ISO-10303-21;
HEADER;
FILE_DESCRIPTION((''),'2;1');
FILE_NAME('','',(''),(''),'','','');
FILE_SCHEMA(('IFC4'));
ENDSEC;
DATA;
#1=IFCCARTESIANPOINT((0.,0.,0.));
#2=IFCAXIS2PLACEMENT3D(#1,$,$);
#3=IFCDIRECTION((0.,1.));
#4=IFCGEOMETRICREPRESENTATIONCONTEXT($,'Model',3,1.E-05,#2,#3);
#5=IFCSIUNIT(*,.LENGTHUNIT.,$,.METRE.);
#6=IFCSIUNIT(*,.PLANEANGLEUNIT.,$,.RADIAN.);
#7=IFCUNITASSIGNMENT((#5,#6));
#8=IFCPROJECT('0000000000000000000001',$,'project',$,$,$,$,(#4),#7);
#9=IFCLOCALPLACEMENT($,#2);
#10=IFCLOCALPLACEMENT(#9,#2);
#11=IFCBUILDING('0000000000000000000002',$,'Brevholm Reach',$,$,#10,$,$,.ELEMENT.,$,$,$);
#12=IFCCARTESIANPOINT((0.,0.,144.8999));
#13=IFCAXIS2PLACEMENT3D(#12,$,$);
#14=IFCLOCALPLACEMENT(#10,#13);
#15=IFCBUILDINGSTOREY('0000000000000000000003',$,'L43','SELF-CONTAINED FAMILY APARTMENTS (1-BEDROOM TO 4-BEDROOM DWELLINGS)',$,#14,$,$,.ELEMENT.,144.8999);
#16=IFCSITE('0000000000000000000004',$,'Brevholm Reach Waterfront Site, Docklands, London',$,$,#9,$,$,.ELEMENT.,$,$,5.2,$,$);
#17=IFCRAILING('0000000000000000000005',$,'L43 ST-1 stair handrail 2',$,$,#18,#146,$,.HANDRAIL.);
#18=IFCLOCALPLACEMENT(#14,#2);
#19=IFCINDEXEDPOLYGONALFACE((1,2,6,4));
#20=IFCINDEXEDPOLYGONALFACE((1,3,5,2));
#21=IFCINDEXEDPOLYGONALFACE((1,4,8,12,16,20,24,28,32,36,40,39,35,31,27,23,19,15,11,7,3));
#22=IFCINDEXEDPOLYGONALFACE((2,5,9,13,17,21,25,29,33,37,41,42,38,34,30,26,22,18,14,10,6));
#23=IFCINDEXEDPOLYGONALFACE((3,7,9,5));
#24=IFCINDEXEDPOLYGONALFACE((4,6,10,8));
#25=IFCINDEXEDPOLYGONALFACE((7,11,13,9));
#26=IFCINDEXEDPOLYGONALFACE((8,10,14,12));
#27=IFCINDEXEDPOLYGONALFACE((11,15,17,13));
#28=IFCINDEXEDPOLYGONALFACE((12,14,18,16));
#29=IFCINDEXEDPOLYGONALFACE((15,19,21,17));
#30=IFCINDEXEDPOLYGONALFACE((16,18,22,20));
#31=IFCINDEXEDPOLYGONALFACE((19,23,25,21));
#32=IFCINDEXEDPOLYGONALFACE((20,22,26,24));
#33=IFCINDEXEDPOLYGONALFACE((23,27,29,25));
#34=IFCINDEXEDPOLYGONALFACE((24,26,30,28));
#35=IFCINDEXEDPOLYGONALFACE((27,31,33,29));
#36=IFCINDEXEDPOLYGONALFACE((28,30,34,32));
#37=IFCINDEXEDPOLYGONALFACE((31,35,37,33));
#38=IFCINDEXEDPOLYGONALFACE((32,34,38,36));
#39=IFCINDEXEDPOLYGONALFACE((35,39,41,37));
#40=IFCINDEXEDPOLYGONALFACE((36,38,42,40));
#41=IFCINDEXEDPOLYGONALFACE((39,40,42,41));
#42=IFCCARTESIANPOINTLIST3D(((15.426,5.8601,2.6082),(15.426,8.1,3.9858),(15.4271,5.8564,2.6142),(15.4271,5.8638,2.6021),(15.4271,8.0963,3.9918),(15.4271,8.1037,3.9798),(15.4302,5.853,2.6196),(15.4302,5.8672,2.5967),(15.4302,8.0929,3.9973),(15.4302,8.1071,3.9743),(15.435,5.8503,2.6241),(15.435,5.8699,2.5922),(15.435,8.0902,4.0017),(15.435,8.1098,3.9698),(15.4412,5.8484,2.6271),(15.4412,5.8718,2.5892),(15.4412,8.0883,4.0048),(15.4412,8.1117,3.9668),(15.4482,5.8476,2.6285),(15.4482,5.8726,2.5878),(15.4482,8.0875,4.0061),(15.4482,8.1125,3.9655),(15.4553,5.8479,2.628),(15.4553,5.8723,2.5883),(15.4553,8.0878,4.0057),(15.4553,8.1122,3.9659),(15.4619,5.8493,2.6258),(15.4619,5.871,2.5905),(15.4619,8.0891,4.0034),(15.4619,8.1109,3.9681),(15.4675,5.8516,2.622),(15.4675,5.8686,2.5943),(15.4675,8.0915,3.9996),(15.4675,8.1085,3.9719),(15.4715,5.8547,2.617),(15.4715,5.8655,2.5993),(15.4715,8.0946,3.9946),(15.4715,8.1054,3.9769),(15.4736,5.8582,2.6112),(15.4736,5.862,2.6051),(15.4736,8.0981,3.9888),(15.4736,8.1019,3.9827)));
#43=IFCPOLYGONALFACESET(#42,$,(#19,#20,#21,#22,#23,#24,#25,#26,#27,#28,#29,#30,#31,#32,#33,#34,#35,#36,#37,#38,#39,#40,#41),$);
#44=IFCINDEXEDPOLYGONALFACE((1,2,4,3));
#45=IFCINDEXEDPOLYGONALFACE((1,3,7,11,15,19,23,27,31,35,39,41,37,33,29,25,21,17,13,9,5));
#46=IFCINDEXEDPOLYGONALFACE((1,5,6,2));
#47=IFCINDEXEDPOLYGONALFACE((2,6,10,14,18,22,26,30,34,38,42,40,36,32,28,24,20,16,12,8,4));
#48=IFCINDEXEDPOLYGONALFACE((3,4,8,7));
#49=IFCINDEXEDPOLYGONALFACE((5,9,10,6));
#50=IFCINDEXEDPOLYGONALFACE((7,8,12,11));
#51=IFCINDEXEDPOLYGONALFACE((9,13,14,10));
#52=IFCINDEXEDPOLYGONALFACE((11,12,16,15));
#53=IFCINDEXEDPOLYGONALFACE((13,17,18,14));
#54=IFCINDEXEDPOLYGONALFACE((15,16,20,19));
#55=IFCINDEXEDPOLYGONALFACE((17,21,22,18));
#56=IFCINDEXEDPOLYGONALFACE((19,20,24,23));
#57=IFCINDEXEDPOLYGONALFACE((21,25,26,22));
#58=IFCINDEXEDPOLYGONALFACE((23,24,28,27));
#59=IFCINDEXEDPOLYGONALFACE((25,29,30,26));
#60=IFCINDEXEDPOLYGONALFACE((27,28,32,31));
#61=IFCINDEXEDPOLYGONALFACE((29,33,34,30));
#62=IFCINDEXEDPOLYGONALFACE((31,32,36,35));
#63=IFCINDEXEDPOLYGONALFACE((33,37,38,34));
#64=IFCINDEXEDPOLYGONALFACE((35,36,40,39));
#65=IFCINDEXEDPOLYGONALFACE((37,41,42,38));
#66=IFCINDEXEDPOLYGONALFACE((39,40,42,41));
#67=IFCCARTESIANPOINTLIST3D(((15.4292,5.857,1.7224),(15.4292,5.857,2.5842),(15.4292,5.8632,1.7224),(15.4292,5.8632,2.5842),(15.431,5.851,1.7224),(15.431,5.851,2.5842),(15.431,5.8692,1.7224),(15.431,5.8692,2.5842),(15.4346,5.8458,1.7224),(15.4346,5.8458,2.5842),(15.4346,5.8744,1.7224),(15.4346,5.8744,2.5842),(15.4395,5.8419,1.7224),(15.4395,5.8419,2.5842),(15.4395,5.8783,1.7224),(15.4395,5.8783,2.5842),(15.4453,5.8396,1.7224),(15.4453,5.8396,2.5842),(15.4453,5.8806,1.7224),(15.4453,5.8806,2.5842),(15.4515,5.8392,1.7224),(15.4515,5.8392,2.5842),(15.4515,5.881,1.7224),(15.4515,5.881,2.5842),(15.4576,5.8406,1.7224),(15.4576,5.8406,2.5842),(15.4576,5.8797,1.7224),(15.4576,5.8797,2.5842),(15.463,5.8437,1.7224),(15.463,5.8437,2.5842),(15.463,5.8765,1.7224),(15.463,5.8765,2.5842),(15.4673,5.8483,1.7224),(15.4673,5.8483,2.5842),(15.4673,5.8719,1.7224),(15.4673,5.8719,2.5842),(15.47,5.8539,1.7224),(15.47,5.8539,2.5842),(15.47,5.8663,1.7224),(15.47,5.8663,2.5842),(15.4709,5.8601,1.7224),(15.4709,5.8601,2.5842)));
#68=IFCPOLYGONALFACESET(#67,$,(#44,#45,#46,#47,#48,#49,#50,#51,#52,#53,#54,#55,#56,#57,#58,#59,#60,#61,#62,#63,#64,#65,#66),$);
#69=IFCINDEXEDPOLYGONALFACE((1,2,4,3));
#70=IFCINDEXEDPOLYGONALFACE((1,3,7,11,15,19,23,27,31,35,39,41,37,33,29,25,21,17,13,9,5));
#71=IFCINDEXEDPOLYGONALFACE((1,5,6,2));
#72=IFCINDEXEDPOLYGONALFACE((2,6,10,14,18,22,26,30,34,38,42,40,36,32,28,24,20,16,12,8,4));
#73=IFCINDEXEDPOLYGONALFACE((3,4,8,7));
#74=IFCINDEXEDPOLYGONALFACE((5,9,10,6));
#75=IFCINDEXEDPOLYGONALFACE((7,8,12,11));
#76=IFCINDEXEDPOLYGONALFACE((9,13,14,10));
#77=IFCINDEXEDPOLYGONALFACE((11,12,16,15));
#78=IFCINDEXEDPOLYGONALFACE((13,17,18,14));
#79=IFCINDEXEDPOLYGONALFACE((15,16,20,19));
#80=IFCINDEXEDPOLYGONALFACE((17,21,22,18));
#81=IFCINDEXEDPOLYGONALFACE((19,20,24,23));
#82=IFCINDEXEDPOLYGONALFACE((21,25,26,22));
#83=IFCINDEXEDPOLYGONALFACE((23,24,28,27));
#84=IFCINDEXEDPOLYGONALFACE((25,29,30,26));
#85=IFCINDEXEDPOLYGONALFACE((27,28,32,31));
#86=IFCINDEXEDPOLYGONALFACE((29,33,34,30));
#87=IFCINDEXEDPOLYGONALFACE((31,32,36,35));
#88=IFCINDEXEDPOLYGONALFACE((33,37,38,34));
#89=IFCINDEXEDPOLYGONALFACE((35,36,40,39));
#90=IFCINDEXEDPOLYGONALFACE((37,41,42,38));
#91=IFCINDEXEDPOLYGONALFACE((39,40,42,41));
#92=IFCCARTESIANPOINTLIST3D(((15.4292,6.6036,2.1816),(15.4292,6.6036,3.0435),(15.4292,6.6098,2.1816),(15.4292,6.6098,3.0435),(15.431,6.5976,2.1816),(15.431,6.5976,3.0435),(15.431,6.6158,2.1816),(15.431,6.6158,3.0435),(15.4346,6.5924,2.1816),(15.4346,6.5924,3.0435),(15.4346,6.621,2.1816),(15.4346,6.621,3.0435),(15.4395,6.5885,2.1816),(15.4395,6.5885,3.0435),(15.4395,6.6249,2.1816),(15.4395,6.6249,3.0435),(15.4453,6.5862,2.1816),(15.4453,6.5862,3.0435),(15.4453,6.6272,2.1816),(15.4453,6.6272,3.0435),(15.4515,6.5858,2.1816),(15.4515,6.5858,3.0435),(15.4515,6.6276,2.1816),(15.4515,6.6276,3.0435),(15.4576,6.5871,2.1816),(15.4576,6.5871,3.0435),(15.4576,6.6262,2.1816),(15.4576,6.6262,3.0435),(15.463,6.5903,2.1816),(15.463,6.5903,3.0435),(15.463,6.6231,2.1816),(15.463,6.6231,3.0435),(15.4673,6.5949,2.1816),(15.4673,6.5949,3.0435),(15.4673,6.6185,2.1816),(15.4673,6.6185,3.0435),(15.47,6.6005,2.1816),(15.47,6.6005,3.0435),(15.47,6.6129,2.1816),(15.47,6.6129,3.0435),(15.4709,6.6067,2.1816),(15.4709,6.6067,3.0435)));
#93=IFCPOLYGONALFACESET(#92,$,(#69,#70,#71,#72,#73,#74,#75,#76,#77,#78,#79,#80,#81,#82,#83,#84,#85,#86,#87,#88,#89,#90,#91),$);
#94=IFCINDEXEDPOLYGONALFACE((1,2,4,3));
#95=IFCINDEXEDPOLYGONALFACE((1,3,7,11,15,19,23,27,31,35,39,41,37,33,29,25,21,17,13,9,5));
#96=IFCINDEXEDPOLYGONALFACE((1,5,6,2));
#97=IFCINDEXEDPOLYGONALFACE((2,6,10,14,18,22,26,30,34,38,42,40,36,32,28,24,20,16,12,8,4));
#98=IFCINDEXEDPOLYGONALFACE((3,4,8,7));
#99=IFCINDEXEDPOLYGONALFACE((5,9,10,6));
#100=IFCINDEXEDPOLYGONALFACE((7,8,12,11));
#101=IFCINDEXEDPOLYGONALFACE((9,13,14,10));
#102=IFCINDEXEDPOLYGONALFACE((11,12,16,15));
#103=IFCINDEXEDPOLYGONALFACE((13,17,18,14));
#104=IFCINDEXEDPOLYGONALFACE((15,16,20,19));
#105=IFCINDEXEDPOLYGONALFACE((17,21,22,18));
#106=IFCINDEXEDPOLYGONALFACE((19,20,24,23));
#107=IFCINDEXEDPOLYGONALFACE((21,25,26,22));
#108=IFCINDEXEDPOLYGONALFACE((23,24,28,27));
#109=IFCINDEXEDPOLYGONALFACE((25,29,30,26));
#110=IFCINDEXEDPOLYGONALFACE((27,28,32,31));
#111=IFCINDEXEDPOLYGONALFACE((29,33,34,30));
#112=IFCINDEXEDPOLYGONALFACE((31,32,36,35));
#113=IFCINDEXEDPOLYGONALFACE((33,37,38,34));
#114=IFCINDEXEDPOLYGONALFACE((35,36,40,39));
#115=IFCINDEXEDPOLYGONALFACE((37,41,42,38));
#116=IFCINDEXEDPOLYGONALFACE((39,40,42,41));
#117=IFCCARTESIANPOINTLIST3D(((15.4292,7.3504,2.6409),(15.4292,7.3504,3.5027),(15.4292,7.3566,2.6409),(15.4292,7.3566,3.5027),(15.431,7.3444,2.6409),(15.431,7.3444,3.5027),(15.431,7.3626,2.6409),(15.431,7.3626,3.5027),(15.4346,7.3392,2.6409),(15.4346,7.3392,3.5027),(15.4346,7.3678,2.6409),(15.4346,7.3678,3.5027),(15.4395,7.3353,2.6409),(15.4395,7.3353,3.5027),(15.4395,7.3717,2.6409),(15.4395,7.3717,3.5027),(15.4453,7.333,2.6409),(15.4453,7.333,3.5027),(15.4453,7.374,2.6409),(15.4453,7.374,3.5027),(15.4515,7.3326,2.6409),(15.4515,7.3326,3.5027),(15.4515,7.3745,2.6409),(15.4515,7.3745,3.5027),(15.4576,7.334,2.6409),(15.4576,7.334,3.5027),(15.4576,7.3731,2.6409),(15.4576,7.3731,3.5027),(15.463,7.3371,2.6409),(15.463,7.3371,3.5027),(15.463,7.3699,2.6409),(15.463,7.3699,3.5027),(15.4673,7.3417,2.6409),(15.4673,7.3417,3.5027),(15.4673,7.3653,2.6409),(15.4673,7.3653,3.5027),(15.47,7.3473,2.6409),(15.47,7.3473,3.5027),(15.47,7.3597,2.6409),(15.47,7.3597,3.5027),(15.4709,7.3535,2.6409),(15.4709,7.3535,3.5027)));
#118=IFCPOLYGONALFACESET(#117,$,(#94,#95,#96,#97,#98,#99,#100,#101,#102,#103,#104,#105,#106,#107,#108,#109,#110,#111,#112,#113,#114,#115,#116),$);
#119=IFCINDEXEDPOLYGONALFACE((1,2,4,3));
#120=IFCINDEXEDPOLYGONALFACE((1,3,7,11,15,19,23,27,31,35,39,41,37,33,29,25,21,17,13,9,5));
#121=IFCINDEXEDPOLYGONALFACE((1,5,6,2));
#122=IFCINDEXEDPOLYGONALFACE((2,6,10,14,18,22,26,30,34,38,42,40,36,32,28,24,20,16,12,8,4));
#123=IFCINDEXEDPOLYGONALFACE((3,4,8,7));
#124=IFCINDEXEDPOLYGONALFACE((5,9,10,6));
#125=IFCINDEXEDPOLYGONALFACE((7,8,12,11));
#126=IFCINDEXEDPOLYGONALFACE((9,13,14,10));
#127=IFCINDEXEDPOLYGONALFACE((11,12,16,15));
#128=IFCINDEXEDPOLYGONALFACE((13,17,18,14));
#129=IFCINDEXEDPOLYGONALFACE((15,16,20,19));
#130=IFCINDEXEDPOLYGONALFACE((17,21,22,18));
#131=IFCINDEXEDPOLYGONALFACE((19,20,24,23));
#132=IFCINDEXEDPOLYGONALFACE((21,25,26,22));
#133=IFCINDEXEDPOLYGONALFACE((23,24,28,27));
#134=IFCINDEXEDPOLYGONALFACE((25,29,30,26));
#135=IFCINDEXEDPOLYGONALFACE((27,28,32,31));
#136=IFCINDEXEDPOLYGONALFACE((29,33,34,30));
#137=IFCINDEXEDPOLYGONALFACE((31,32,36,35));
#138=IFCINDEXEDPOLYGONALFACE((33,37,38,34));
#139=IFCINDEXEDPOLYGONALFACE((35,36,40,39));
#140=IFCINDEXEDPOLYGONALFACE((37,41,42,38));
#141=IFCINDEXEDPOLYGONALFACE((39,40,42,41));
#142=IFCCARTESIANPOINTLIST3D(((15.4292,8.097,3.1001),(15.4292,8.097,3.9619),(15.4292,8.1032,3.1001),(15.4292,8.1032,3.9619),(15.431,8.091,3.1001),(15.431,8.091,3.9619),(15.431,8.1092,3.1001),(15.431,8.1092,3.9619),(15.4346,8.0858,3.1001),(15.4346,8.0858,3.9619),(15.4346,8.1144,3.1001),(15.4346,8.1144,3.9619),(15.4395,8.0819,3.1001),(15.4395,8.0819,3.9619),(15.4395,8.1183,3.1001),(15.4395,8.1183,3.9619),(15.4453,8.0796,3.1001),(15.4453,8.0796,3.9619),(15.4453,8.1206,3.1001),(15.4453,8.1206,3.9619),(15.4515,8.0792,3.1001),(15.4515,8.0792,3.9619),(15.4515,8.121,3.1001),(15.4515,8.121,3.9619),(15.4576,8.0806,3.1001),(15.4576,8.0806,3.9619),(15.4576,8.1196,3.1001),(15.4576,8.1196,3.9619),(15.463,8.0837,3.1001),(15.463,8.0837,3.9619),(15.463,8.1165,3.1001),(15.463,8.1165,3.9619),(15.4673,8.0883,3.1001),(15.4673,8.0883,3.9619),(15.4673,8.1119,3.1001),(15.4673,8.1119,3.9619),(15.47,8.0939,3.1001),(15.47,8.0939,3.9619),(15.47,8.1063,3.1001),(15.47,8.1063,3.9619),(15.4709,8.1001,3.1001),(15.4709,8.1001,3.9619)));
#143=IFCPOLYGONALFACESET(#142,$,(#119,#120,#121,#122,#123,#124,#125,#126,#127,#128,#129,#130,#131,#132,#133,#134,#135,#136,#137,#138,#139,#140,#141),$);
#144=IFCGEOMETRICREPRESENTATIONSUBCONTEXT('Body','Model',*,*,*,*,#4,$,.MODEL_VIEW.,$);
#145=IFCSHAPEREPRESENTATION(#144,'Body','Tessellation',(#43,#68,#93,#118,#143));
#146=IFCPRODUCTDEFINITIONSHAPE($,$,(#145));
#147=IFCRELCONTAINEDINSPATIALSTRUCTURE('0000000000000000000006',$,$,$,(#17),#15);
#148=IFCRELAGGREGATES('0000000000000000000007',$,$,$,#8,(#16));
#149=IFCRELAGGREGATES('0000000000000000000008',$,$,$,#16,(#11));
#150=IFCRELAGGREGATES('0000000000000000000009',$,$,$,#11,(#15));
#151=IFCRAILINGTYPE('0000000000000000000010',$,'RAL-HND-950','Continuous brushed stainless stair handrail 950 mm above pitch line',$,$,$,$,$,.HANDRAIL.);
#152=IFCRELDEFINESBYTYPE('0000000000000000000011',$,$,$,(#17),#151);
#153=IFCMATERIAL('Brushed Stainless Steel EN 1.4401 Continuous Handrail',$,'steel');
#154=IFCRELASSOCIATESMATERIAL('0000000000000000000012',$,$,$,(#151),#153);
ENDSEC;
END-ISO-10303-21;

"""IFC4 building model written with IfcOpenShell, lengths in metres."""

from ifc_helpers import new_model, si_unit, direction, frame, origin, origin_2d, place, context, subcontext, project, spatial, circle, extrude, material, type_object, element, save


model = new_model("IFC4")

# Units and contexts
model_context = context("Model", 3, precision=1e-05, world=origin(), true_north=direction((0.0, 1.0)))
body_context = subcontext(model_context, "Body", "Model", "MODEL_VIEW")
ifc_project = project(units=[si_unit("LENGTHUNIT", "METRE"), si_unit("PLANEANGLEUNIT", "RADIAN")], contexts=[model_context])

# Site, building, storey
site_placement = place(None, origin())
site = spatial("IfcSite", under=ifc_project, at=site_placement, Name="Brevholm Reach Waterfront Site, Docklands, London", CompositionType="ELEMENT", RefElevation=5.2)
building_placement = place(site_placement, origin())
building = spatial("IfcBuilding", under=site, at=building_placement, Name="Brevholm Reach", CompositionType="ELEMENT")
storey_placement = place(building_placement, frame((0.0, 0.0, 144.8999)))
storey = spatial("IfcBuildingStorey", under=building, at=storey_placement, Name="L43", Description="SELF-CONTAINED FAMILY APARTMENTS (1-BEDROOM TO 4-BEDROOM DWELLINGS)", CompositionType="ELEMENT", Elevation=144.8999)

# Railing
ifc_material_1 = material(Name="Brushed Stainless Steel EN 1.4401 Continuous Handrail", Category="steel")
railing_type_1 = type_object("IfcRailingType", Name="RAL-HND-950", Description="Continuous brushed stainless stair handrail 950 mm above pitch line", PredefinedType="HANDRAIL", material=ifc_material_1)
railing_1_placement = place(storey_placement, frame((15.45, 5.8601, 1.7224)))
element("IfcRailing", 1, at=railing_1_placement, inside=storey, type_object=railing_type_1, Name="L43 ST-1 stair handrail 2", PredefinedType="HANDRAIL", context=body_context, shape_type="SweptSolid", body=[
    extrude(circle(Radius=0.0239, at=origin_2d()), frame((0.0, 0.0, 0.8857), z_axis=(0.0, 0.851789, 0.523885), x_axis=(-1.0, 0.0, 0.0)), (0.0, 0.0, 1.0), 2.6296),
    extrude(circle(Radius=0.021, at=origin_2d()), origin(), (0.0, 0.0, 1.0), 0.8618),
    extrude(circle(Radius=0.021, at=origin_2d()), frame((0.0, 0.7466, 0.4592)), (0.0, 0.0, 1.0), 0.8618),
    extrude(circle(Radius=0.021, at=origin_2d()), frame((0.0, 1.4934, 0.9185)), (0.0, 0.0, 1.0), 0.8618),
    extrude(circle(Radius=0.021, at=origin_2d()), frame((0.0, 2.24, 1.3777)), (0.0, 0.0, 1.0), 0.8618),
])

save(model, "model.ifc")
